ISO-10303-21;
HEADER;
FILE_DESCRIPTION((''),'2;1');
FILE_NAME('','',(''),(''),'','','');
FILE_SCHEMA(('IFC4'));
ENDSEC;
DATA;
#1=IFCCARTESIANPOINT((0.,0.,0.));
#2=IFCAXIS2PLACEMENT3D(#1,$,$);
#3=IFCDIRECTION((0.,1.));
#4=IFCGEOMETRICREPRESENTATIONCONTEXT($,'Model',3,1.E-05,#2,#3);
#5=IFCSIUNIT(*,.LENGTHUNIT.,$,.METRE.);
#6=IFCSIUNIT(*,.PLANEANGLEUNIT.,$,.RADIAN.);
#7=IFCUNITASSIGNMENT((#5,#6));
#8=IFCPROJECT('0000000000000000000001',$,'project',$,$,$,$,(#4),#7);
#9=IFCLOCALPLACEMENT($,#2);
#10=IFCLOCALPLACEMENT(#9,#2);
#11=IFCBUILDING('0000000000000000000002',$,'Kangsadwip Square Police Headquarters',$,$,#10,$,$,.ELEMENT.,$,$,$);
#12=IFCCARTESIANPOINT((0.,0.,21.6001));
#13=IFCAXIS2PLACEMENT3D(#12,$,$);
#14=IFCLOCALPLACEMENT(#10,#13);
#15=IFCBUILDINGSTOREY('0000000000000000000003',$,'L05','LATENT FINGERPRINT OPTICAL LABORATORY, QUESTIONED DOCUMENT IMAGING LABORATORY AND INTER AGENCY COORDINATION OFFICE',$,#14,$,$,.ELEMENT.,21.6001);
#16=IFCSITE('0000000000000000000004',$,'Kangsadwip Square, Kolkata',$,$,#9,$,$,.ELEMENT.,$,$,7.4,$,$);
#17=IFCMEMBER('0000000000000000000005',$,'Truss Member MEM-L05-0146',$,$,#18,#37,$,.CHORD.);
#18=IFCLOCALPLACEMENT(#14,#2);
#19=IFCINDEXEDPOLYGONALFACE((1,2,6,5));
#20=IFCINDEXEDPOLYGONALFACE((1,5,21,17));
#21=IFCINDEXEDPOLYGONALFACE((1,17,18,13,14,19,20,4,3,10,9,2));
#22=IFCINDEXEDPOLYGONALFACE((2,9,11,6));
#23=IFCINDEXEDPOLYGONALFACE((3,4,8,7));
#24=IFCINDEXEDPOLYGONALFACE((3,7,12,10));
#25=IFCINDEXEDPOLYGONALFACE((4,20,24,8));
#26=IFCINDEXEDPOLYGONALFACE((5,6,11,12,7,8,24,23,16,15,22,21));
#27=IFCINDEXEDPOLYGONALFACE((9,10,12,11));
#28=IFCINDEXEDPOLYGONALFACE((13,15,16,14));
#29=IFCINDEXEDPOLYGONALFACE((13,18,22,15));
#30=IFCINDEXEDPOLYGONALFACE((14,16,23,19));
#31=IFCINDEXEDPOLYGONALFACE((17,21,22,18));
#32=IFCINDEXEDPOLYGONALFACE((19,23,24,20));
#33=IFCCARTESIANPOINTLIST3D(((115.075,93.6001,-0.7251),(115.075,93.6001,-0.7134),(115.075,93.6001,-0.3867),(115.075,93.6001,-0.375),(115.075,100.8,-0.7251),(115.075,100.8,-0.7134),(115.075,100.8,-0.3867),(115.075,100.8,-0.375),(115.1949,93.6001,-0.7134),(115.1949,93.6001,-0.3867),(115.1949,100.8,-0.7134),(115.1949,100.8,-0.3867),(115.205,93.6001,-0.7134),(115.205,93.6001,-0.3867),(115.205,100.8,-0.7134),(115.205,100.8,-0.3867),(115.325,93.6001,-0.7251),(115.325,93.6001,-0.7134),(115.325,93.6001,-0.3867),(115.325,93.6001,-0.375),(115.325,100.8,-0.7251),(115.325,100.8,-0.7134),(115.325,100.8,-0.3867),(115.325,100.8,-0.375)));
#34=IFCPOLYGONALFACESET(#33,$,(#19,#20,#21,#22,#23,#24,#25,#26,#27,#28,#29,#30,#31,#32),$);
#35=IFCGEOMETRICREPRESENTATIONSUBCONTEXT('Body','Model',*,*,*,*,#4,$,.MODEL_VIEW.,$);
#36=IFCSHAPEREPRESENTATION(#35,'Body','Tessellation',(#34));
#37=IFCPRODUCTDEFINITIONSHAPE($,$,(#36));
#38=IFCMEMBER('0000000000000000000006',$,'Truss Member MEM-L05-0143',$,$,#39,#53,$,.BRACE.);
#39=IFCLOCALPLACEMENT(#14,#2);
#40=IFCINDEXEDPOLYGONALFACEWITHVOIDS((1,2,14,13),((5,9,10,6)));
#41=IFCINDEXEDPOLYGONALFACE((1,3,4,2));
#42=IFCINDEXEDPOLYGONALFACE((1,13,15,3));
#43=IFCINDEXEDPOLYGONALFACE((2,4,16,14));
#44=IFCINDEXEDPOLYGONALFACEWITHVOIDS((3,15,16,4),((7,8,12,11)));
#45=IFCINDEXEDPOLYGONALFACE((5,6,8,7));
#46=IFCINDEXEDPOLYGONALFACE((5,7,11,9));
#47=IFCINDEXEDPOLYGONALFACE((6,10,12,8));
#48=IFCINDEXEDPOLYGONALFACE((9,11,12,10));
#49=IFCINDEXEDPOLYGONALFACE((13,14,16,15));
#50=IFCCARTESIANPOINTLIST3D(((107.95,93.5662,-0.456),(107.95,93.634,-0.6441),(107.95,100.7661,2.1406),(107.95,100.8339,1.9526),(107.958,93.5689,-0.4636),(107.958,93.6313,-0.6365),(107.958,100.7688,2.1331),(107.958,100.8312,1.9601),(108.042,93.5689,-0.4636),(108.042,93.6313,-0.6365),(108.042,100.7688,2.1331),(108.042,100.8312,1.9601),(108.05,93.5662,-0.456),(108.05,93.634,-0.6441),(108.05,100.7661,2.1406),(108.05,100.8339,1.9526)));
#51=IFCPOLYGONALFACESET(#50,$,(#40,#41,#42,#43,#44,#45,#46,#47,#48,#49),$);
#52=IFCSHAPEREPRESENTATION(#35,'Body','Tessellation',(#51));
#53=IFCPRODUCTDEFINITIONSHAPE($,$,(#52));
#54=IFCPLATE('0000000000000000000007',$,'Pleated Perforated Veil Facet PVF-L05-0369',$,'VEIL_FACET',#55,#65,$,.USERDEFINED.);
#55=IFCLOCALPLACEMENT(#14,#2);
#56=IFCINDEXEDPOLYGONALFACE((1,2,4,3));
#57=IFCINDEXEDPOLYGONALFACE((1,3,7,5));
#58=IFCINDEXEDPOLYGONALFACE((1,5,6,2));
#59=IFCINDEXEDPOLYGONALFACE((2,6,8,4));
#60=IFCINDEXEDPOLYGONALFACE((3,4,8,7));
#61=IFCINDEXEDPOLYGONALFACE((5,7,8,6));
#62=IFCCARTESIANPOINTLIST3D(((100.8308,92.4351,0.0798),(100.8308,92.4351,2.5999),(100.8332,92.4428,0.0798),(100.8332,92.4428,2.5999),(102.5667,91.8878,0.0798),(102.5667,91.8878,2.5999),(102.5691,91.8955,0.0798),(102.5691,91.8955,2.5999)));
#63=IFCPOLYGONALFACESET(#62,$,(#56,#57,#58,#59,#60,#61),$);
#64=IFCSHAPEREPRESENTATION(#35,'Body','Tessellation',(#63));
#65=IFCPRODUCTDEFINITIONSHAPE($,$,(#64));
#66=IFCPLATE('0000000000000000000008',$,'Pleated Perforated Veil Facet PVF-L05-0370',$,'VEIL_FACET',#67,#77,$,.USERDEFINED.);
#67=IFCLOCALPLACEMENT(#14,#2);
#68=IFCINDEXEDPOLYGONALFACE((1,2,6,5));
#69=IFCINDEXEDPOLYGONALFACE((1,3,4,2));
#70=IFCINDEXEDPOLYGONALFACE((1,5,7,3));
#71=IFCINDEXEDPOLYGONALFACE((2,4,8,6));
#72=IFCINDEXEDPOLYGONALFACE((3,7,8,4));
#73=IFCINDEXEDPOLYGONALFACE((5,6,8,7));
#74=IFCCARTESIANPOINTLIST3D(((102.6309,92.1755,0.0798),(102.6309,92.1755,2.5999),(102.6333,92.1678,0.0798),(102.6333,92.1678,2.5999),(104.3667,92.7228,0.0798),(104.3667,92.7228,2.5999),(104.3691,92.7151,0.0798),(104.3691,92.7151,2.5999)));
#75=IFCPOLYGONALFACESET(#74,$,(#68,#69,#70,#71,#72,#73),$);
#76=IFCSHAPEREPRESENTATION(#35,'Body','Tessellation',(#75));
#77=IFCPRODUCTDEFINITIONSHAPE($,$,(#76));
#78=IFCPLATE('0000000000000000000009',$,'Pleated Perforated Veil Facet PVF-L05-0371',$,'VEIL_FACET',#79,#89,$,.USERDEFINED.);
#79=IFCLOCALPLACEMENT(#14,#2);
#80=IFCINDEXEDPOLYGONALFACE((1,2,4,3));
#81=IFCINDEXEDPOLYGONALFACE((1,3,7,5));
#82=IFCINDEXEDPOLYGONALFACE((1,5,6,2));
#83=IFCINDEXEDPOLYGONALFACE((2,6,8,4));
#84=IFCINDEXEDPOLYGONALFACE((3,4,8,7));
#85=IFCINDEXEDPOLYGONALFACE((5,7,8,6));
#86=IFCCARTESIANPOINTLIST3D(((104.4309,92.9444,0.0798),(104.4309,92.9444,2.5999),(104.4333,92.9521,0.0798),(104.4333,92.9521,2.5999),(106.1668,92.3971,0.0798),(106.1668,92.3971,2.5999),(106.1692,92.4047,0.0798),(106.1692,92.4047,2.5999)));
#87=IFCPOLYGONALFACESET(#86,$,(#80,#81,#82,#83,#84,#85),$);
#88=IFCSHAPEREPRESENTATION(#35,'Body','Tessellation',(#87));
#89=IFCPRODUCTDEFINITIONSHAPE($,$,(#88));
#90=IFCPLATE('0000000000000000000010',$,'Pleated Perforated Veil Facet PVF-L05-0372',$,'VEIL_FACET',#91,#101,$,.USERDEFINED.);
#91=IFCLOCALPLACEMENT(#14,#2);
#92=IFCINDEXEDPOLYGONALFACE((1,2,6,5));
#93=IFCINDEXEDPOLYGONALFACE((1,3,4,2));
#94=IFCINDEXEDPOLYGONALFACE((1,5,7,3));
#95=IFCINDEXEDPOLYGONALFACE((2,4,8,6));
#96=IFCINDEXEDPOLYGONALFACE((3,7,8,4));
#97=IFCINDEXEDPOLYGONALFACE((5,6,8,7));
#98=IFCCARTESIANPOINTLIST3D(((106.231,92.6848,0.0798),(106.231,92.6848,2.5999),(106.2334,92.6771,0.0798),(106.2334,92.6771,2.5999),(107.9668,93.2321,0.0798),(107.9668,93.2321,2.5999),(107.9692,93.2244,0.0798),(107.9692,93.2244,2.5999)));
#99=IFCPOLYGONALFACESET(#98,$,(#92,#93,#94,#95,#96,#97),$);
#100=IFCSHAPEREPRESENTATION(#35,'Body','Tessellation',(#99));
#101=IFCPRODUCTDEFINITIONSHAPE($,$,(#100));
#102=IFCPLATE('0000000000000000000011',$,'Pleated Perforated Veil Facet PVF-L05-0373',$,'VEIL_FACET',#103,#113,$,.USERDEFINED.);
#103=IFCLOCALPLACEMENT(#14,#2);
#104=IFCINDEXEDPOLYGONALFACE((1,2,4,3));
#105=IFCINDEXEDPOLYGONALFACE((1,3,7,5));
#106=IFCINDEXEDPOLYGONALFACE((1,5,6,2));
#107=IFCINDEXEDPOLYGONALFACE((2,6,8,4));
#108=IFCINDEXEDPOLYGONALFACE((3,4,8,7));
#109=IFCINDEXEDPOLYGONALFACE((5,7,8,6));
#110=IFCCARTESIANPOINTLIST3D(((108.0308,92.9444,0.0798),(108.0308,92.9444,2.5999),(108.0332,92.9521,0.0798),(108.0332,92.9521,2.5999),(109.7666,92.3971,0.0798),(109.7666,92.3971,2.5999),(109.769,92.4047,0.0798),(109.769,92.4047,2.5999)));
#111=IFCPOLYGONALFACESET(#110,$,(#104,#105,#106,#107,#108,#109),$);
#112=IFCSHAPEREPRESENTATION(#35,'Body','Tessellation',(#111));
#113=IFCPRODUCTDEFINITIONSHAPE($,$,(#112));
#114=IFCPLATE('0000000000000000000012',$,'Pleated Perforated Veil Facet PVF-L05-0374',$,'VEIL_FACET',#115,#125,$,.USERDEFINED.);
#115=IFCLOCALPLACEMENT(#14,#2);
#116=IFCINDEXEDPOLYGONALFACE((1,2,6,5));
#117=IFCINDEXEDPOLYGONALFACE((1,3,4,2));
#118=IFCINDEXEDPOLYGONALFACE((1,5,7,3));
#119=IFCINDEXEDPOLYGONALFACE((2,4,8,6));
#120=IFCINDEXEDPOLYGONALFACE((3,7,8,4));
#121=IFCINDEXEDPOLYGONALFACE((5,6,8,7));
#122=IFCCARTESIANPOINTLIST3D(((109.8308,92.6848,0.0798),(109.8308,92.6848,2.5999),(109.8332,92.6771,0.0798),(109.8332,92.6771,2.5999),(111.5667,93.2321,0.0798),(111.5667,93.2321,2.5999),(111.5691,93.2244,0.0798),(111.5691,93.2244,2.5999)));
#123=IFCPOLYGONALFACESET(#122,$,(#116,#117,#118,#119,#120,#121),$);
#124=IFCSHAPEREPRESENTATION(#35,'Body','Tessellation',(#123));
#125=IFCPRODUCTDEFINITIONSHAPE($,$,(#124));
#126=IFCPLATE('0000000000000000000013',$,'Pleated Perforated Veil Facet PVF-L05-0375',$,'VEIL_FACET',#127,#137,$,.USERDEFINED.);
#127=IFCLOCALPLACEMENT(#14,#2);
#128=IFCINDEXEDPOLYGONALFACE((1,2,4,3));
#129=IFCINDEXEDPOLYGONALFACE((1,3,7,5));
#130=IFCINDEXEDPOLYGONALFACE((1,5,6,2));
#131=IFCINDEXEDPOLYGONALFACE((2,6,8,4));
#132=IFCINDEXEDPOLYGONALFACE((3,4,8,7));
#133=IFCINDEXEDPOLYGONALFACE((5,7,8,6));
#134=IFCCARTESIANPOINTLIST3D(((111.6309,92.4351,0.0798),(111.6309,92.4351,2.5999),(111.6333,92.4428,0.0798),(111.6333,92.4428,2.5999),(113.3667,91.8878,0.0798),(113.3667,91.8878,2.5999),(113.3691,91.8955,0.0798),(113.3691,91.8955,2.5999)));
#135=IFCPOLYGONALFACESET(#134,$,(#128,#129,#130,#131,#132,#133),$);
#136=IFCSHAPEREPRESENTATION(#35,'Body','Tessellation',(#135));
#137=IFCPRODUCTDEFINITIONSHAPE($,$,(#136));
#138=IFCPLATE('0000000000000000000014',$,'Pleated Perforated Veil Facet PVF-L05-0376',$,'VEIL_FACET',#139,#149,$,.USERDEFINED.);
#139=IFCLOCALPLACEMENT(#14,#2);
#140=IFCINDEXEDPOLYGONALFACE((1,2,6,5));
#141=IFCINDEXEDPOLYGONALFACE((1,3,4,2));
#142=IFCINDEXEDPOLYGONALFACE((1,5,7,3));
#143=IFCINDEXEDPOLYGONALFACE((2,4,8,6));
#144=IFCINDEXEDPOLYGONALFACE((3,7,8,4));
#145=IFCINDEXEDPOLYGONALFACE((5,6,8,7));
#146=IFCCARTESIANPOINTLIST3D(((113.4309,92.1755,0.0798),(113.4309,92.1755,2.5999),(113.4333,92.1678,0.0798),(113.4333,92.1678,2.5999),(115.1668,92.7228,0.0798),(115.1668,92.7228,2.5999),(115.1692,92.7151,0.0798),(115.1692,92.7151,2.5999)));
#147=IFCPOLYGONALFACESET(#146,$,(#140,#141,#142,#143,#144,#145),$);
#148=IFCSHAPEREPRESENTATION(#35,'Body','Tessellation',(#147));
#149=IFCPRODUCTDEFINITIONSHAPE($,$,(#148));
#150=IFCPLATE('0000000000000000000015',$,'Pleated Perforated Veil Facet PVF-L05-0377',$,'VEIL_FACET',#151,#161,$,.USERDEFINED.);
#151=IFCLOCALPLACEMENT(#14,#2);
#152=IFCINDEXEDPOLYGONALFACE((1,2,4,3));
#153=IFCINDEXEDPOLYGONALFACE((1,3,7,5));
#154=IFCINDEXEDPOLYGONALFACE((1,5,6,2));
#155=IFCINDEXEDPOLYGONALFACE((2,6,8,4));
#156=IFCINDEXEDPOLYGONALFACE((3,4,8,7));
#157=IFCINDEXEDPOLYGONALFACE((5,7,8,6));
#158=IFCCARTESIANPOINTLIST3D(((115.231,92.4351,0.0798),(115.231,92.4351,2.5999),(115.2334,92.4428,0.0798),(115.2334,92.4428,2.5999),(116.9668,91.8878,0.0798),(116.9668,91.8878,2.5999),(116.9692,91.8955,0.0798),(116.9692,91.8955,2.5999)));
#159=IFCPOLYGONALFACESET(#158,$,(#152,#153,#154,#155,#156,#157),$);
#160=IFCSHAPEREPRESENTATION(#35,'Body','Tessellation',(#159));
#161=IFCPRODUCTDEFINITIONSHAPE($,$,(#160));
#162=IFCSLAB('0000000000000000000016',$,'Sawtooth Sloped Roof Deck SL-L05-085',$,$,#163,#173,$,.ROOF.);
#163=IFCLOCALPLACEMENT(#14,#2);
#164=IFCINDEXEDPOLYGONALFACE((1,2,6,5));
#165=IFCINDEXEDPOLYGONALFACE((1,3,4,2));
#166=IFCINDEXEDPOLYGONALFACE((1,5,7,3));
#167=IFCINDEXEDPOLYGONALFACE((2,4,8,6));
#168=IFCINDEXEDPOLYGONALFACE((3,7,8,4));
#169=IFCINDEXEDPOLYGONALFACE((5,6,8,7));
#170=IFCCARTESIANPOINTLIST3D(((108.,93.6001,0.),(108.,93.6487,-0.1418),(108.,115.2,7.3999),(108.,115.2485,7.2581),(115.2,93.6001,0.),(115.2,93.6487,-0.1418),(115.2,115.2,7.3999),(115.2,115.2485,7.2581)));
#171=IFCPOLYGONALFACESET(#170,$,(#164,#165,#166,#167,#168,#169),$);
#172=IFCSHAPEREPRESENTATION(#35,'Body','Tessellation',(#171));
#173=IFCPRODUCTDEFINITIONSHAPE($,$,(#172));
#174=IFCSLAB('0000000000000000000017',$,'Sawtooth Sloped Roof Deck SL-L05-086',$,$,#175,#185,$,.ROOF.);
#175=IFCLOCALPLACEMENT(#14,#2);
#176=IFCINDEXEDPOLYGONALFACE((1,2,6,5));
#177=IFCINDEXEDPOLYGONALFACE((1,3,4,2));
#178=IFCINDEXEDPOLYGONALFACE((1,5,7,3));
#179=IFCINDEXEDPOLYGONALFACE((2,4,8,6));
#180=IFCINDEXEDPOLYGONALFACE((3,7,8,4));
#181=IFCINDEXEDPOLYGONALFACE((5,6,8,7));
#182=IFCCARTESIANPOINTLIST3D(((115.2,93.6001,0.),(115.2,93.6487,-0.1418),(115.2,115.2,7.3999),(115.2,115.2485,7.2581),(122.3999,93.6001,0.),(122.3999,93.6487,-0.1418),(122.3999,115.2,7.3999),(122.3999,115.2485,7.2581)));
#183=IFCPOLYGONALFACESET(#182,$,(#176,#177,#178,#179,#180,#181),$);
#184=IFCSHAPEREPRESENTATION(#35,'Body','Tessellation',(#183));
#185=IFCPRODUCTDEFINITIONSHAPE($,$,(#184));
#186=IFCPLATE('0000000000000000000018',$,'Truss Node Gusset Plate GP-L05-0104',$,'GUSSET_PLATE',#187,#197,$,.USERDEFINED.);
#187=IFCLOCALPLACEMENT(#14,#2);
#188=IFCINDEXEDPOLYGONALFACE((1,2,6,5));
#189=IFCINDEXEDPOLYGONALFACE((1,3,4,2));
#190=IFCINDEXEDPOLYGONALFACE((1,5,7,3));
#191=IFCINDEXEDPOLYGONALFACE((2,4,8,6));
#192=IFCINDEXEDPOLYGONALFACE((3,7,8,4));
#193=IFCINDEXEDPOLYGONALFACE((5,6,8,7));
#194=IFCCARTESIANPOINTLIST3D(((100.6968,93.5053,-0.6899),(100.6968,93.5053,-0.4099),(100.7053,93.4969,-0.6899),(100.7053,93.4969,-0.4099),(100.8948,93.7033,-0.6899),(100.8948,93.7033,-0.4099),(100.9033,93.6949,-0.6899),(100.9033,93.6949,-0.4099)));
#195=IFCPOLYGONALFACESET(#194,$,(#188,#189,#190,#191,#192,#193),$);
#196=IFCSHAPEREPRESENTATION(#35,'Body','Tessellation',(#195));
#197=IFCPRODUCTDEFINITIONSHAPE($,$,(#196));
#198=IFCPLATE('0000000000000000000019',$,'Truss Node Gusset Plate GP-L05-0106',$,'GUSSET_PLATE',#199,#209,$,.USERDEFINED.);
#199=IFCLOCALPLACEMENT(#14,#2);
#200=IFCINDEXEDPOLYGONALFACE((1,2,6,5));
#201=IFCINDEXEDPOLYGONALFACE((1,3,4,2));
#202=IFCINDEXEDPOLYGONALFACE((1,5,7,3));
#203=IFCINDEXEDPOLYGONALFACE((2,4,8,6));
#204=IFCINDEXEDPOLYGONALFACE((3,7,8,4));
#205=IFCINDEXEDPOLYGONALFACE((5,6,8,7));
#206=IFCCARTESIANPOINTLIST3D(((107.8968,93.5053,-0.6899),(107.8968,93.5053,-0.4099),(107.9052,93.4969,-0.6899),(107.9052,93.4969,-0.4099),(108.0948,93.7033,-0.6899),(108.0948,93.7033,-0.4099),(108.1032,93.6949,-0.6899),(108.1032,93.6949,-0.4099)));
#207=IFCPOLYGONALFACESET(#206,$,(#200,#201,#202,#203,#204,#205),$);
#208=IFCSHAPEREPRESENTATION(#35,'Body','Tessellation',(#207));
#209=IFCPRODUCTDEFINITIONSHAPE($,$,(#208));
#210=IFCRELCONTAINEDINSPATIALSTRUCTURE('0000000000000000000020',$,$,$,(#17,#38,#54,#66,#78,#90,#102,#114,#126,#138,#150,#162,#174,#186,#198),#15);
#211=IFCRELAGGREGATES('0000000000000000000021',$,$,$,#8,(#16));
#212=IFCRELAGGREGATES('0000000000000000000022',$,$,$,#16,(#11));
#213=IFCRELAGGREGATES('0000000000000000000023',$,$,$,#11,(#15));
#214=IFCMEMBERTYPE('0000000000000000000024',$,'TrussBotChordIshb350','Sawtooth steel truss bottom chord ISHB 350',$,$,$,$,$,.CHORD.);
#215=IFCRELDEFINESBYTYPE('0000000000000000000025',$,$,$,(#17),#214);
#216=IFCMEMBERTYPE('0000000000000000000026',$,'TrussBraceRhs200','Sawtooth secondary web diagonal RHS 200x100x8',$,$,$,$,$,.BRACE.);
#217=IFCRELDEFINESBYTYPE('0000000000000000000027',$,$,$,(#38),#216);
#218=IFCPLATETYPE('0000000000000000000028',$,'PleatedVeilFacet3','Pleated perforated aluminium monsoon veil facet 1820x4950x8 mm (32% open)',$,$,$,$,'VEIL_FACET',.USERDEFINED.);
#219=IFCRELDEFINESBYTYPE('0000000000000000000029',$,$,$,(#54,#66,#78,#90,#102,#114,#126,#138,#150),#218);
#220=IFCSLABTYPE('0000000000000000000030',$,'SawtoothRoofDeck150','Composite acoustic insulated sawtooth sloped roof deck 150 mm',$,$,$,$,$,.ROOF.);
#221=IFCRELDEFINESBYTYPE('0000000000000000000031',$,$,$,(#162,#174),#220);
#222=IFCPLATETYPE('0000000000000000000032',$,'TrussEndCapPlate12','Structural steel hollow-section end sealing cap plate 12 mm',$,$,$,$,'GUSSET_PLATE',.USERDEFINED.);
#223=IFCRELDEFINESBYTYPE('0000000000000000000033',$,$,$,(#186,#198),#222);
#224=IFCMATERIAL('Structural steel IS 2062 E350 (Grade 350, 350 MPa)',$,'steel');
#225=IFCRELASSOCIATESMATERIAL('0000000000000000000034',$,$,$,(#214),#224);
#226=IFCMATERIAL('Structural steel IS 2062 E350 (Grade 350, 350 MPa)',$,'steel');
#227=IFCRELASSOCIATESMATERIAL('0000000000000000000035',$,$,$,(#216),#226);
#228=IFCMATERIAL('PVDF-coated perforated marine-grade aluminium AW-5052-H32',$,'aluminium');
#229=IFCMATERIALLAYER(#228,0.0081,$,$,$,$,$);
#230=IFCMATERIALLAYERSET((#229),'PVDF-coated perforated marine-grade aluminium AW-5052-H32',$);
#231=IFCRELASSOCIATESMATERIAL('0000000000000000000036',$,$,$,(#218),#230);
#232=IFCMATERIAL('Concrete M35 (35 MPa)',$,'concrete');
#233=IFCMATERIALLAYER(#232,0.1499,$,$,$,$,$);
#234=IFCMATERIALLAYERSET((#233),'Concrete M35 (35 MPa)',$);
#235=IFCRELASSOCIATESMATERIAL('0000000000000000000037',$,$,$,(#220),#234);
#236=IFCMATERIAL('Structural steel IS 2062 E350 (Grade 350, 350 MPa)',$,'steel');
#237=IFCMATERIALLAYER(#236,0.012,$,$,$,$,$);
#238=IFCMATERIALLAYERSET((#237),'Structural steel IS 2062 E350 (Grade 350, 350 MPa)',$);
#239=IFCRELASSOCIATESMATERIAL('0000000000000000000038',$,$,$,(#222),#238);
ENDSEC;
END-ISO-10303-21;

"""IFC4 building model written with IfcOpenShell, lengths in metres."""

from ifc_helpers import new_model, si_unit, direction, frame, origin, origin_2d, place, context, subcontext, project, spatial, polyline, rectangle, hollow_rectangle, i_section, outline, extrude, material, layer, layer_set, material_profile, profile_set, type_object, element, save


model = new_model("IFC4")

# Units and contexts
model_context = context("Model", 3, precision=1e-05, world=origin(), true_north=direction((0.0, 1.0)))
body_context = subcontext(model_context, "Body", "Model", "MODEL_VIEW")
ifc_project = project(units=[si_unit("LENGTHUNIT", "METRE"), si_unit("PLANEANGLEUNIT", "RADIAN")], contexts=[model_context])

# Site, building, storey
site_placement = place(None, origin())
site = spatial("IfcSite", under=ifc_project, at=site_placement, Name="Kangsadwip Square, Kolkata", CompositionType="ELEMENT", RefElevation=7.4)
building_placement = place(site_placement, origin())
building = spatial("IfcBuilding", under=site, at=building_placement, Name="Kangsadwip Square Police Headquarters", CompositionType="ELEMENT")
storey_placement = place(building_placement, frame((0.0, 0.0, 21.6001)))
storey = spatial("IfcBuildingStorey", under=building, at=storey_placement, Name="L05", Description="LATENT FINGERPRINT OPTICAL LABORATORY, QUESTIONED DOCUMENT IMAGING LABORATORY AND INTER AGENCY COORDINATION OFFICE", CompositionType="ELEMENT", Elevation=21.6001)

# Members
ifc_material_1 = material(Name="Structural steel IS 2062 E350 (Grade 350, 350 MPa)", Category="steel")
ifc_material_profile_1 = material_profile(ifc_material_1, i_section(OverallWidth=0.25, OverallDepth=0.3501, WebThickness=0.01, FlangeThickness=0.0117, at=origin_2d()), Name="ISHB 350")
ifc_profile_set_1 = profile_set([ifc_material_profile_1], Name="Structural steel IS 2062 E350 (Grade 350, 350 MPa)")
member_type_1 = type_object("IfcMemberType", Name="TrussBotChordIshb350", Description="Sawtooth steel truss bottom chord ISHB 350", PredefinedType="CHORD", material=ifc_profile_set_1)
for number, where, z_axis, x_axis, name in (
    (1, (115.2, 93.6001, -0.55), (0.0, 1.0, 0.0), (-1.0, 0.0, 0.0), "Truss Member MEM-L05-0146"),
):
    element("IfcMember", number, at=place(storey_placement, frame(where, z_axis=z_axis, x_axis=x_axis)), inside=storey, type_object=member_type_1, Name=name, PredefinedType="CHORD", context=body_context, shape_type="SweptSolid", body=[
        extrude(i_section(OverallWidth=0.25, OverallDepth=0.3501, WebThickness=0.01, FlangeThickness=0.0117, at=origin_2d()), origin(), (0.0, 0.0, 1.0), 7.2),
    ])
ifc_material_2 = material(Name="Structural steel IS 2062 E350 (Grade 350, 350 MPa)", Category="steel")
ifc_material_profile_2 = material_profile(ifc_material_2, hollow_rectangle(XDim=0.1001, YDim=0.2, WallThickness=0.0081, at=origin_2d()), Name="RHS 200X100X8")
ifc_profile_set_2 = profile_set([ifc_material_profile_2], Name="Structural steel IS 2062 E350 (Grade 350, 350 MPa)")
member_type_2 = type_object("IfcMemberType", Name="TrussBraceRhs200", Description="Sawtooth secondary web diagonal RHS 200x100x8", PredefinedType="BRACE", material=ifc_profile_set_2)
member_1_placement = place(storey_placement, frame((108.0, 93.6001, -0.55), z_axis=(0.0, 0.940692, 0.339263), x_axis=(-1.0, 0.0, 0.0)))
element("IfcMember", 2, at=member_1_placement, inside=storey, type_object=member_type_2, Name="Truss Member MEM-L05-0143", PredefinedType="BRACE", context=body_context, shape_type="SweptSolid", body=[
    extrude(hollow_rectangle(XDim=0.1001, YDim=0.2, WallThickness=0.0081, at=origin_2d()), origin(), (0.0, 0.0, 1.0), 7.6538),
])

# Plates
ifc_material_3 = material(Name="PVDF-coated perforated marine-grade aluminium AW-5052-H32", Category="aluminium")
ifc_layer_1 = layer(ifc_material_3, 0.0081)
ifc_layer_set_1 = layer_set([ifc_layer_1], Name="PVDF-coated perforated marine-grade aluminium AW-5052-H32")
plate_type_1 = type_object("IfcPlateType", Name="PleatedVeilFacet3", Description="Pleated perforated aluminium monsoon veil facet 1820x4950x8 mm (32% open)", ElementType="VEIL_FACET", PredefinedType="USERDEFINED", material=ifc_layer_set_1)
for number, where, z_axis, x_axis, name in (
    (3, (101.7, 92.1653, 0.0798), (0.0, 0.0, 1.0), (0.953717, -0.300706, 0.0), "Pleated Perforated Veil Facet PVF-L05-0369"),
    (4, (103.5, 92.4453, 0.0798), (0.0, 0.0, 1.0), (0.953717, 0.300706, 0.0), "Pleated Perforated Veil Facet PVF-L05-0370"),
    (5, (105.3, 92.6746, 0.0798), (0.0, 0.0, 1.0), (0.953717, -0.300706, 0.0), "Pleated Perforated Veil Facet PVF-L05-0371"),
    (6, (107.1001, 92.9546, 0.0798), (0.0, 0.0, 1.0), (0.953717, 0.300706, 0.0), "Pleated Perforated Veil Facet PVF-L05-0372"),
    (7, (108.8999, 92.6746, 0.0798), (0.0, 0.0, 1.0), (0.953717, -0.300706, 0.0), "Pleated Perforated Veil Facet PVF-L05-0373"),
    (8, (110.7, 92.9546, 0.0798), (0.0, 0.0, 1.0), (0.953717, 0.300706, 0.0), "Pleated Perforated Veil Facet PVF-L05-0374"),
    (9, (112.5, 92.1653, 0.0798), (0.0, 0.0, 1.0), (0.953717, -0.300706, 0.0), "Pleated Perforated Veil Facet PVF-L05-0375"),
    (10, (114.3, 92.4453, 0.0798), (0.0, 0.0, 1.0), (0.953717, 0.300706, 0.0), "Pleated Perforated Veil Facet PVF-L05-0376"),
    (11, (116.1001, 92.1653, 0.0798), (0.0, 0.0, 1.0), (0.953717, -0.300706, 0.0), "Pleated Perforated Veil Facet PVF-L05-0377"),
):
    element("IfcPlate", number, at=place(storey_placement, frame(where, z_axis=z_axis, x_axis=x_axis)), inside=storey, type_object=plate_type_1, Name=name, ObjectType="VEIL_FACET", PredefinedType="USERDEFINED", context=body_context, shape_type="SweptSolid", body=[
        extrude(rectangle(XDim=1.8201, YDim=0.0081, at=origin_2d()), origin(), (0.0, 0.0, 1.0), 2.52),
    ])

# Slabs
ifc_material_4 = material(Name="Concrete M35 (35 MPa)", Category="concrete")
ifc_layer_2 = layer(ifc_material_4, 0.1499)
ifc_layer_set_2 = layer_set([ifc_layer_2], Name="Concrete M35 (35 MPa)")
slab_type = type_object("IfcSlabType", Name="SawtoothRoofDeck150", Description="Composite acoustic insulated sawtooth sloped roof deck 150 mm", PredefinedType="ROOF", material=ifc_layer_set_2)
for number, where, z_axis, x_axis, name in (
    (12, (108.0, 93.6001, 0.0), (0.0, -0.324099, 0.946023), (1.0, 0.0, 0.0), "Sawtooth Sloped Roof Deck SL-L05-085"),
    (13, (115.2, 93.6001, 0.0), (0.0, -0.324099, 0.946023), (1.0, 0.0, 0.0), "Sawtooth Sloped Roof Deck SL-L05-086"),
):
    element("IfcSlab", number, at=place(storey_placement, frame(where, z_axis=z_axis, x_axis=x_axis)), inside=storey, type_object=slab_type, Name=name, PredefinedType="ROOF", context=body_context, shape_type="SweptSolid", body=[
        extrude(outline(polyline([(0.0, 0.0), (7.2, 0.0), (7.2, 22.8323), (0.0, 22.8323), (0.0, 0.0)])), origin(), (0.0, 0.0, -1.0), 0.1499),
    ])

# Plates
ifc_material_5 = material(Name="Structural steel IS 2062 E350 (Grade 350, 350 MPa)", Category="steel")
ifc_layer_3 = layer(ifc_material_5, 0.012)
ifc_layer_set_3 = layer_set([ifc_layer_3], Name="Structural steel IS 2062 E350 (Grade 350, 350 MPa)")
plate_type_2 = type_object("IfcPlateType", Name="TrussEndCapPlate12", Description="Structural steel hollow-section end sealing cap plate 12 mm", ElementType="GUSSET_PLATE", PredefinedType="USERDEFINED", material=ifc_layer_set_3)
for number, where, z_axis, x_axis, name in (
    (14, (100.8, 93.6001, -0.6899), (0.0, 0.0, 1.0), (0.707107, 0.707107, 0.0), "Truss Node Gusset Plate GP-L05-0104"),
    (15, (108.0, 93.6001, -0.6899), (0.0, 0.0, 1.0), (0.707107, 0.707107, 0.0), "Truss Node Gusset Plate GP-L05-0106"),
):
    element("IfcPlate", number, at=place(storey_placement, frame(where, z_axis=z_axis, x_axis=x_axis)), inside=storey, type_object=plate_type_2, Name=name, ObjectType="GUSSET_PLATE", PredefinedType="USERDEFINED", context=body_context, shape_type="SweptSolid", body=[
        extrude(rectangle(XDim=0.28, YDim=0.012, at=origin_2d()), origin(), (0.0, 0.0, 1.0), 0.28),
    ])

save(model, "model.ifc")
